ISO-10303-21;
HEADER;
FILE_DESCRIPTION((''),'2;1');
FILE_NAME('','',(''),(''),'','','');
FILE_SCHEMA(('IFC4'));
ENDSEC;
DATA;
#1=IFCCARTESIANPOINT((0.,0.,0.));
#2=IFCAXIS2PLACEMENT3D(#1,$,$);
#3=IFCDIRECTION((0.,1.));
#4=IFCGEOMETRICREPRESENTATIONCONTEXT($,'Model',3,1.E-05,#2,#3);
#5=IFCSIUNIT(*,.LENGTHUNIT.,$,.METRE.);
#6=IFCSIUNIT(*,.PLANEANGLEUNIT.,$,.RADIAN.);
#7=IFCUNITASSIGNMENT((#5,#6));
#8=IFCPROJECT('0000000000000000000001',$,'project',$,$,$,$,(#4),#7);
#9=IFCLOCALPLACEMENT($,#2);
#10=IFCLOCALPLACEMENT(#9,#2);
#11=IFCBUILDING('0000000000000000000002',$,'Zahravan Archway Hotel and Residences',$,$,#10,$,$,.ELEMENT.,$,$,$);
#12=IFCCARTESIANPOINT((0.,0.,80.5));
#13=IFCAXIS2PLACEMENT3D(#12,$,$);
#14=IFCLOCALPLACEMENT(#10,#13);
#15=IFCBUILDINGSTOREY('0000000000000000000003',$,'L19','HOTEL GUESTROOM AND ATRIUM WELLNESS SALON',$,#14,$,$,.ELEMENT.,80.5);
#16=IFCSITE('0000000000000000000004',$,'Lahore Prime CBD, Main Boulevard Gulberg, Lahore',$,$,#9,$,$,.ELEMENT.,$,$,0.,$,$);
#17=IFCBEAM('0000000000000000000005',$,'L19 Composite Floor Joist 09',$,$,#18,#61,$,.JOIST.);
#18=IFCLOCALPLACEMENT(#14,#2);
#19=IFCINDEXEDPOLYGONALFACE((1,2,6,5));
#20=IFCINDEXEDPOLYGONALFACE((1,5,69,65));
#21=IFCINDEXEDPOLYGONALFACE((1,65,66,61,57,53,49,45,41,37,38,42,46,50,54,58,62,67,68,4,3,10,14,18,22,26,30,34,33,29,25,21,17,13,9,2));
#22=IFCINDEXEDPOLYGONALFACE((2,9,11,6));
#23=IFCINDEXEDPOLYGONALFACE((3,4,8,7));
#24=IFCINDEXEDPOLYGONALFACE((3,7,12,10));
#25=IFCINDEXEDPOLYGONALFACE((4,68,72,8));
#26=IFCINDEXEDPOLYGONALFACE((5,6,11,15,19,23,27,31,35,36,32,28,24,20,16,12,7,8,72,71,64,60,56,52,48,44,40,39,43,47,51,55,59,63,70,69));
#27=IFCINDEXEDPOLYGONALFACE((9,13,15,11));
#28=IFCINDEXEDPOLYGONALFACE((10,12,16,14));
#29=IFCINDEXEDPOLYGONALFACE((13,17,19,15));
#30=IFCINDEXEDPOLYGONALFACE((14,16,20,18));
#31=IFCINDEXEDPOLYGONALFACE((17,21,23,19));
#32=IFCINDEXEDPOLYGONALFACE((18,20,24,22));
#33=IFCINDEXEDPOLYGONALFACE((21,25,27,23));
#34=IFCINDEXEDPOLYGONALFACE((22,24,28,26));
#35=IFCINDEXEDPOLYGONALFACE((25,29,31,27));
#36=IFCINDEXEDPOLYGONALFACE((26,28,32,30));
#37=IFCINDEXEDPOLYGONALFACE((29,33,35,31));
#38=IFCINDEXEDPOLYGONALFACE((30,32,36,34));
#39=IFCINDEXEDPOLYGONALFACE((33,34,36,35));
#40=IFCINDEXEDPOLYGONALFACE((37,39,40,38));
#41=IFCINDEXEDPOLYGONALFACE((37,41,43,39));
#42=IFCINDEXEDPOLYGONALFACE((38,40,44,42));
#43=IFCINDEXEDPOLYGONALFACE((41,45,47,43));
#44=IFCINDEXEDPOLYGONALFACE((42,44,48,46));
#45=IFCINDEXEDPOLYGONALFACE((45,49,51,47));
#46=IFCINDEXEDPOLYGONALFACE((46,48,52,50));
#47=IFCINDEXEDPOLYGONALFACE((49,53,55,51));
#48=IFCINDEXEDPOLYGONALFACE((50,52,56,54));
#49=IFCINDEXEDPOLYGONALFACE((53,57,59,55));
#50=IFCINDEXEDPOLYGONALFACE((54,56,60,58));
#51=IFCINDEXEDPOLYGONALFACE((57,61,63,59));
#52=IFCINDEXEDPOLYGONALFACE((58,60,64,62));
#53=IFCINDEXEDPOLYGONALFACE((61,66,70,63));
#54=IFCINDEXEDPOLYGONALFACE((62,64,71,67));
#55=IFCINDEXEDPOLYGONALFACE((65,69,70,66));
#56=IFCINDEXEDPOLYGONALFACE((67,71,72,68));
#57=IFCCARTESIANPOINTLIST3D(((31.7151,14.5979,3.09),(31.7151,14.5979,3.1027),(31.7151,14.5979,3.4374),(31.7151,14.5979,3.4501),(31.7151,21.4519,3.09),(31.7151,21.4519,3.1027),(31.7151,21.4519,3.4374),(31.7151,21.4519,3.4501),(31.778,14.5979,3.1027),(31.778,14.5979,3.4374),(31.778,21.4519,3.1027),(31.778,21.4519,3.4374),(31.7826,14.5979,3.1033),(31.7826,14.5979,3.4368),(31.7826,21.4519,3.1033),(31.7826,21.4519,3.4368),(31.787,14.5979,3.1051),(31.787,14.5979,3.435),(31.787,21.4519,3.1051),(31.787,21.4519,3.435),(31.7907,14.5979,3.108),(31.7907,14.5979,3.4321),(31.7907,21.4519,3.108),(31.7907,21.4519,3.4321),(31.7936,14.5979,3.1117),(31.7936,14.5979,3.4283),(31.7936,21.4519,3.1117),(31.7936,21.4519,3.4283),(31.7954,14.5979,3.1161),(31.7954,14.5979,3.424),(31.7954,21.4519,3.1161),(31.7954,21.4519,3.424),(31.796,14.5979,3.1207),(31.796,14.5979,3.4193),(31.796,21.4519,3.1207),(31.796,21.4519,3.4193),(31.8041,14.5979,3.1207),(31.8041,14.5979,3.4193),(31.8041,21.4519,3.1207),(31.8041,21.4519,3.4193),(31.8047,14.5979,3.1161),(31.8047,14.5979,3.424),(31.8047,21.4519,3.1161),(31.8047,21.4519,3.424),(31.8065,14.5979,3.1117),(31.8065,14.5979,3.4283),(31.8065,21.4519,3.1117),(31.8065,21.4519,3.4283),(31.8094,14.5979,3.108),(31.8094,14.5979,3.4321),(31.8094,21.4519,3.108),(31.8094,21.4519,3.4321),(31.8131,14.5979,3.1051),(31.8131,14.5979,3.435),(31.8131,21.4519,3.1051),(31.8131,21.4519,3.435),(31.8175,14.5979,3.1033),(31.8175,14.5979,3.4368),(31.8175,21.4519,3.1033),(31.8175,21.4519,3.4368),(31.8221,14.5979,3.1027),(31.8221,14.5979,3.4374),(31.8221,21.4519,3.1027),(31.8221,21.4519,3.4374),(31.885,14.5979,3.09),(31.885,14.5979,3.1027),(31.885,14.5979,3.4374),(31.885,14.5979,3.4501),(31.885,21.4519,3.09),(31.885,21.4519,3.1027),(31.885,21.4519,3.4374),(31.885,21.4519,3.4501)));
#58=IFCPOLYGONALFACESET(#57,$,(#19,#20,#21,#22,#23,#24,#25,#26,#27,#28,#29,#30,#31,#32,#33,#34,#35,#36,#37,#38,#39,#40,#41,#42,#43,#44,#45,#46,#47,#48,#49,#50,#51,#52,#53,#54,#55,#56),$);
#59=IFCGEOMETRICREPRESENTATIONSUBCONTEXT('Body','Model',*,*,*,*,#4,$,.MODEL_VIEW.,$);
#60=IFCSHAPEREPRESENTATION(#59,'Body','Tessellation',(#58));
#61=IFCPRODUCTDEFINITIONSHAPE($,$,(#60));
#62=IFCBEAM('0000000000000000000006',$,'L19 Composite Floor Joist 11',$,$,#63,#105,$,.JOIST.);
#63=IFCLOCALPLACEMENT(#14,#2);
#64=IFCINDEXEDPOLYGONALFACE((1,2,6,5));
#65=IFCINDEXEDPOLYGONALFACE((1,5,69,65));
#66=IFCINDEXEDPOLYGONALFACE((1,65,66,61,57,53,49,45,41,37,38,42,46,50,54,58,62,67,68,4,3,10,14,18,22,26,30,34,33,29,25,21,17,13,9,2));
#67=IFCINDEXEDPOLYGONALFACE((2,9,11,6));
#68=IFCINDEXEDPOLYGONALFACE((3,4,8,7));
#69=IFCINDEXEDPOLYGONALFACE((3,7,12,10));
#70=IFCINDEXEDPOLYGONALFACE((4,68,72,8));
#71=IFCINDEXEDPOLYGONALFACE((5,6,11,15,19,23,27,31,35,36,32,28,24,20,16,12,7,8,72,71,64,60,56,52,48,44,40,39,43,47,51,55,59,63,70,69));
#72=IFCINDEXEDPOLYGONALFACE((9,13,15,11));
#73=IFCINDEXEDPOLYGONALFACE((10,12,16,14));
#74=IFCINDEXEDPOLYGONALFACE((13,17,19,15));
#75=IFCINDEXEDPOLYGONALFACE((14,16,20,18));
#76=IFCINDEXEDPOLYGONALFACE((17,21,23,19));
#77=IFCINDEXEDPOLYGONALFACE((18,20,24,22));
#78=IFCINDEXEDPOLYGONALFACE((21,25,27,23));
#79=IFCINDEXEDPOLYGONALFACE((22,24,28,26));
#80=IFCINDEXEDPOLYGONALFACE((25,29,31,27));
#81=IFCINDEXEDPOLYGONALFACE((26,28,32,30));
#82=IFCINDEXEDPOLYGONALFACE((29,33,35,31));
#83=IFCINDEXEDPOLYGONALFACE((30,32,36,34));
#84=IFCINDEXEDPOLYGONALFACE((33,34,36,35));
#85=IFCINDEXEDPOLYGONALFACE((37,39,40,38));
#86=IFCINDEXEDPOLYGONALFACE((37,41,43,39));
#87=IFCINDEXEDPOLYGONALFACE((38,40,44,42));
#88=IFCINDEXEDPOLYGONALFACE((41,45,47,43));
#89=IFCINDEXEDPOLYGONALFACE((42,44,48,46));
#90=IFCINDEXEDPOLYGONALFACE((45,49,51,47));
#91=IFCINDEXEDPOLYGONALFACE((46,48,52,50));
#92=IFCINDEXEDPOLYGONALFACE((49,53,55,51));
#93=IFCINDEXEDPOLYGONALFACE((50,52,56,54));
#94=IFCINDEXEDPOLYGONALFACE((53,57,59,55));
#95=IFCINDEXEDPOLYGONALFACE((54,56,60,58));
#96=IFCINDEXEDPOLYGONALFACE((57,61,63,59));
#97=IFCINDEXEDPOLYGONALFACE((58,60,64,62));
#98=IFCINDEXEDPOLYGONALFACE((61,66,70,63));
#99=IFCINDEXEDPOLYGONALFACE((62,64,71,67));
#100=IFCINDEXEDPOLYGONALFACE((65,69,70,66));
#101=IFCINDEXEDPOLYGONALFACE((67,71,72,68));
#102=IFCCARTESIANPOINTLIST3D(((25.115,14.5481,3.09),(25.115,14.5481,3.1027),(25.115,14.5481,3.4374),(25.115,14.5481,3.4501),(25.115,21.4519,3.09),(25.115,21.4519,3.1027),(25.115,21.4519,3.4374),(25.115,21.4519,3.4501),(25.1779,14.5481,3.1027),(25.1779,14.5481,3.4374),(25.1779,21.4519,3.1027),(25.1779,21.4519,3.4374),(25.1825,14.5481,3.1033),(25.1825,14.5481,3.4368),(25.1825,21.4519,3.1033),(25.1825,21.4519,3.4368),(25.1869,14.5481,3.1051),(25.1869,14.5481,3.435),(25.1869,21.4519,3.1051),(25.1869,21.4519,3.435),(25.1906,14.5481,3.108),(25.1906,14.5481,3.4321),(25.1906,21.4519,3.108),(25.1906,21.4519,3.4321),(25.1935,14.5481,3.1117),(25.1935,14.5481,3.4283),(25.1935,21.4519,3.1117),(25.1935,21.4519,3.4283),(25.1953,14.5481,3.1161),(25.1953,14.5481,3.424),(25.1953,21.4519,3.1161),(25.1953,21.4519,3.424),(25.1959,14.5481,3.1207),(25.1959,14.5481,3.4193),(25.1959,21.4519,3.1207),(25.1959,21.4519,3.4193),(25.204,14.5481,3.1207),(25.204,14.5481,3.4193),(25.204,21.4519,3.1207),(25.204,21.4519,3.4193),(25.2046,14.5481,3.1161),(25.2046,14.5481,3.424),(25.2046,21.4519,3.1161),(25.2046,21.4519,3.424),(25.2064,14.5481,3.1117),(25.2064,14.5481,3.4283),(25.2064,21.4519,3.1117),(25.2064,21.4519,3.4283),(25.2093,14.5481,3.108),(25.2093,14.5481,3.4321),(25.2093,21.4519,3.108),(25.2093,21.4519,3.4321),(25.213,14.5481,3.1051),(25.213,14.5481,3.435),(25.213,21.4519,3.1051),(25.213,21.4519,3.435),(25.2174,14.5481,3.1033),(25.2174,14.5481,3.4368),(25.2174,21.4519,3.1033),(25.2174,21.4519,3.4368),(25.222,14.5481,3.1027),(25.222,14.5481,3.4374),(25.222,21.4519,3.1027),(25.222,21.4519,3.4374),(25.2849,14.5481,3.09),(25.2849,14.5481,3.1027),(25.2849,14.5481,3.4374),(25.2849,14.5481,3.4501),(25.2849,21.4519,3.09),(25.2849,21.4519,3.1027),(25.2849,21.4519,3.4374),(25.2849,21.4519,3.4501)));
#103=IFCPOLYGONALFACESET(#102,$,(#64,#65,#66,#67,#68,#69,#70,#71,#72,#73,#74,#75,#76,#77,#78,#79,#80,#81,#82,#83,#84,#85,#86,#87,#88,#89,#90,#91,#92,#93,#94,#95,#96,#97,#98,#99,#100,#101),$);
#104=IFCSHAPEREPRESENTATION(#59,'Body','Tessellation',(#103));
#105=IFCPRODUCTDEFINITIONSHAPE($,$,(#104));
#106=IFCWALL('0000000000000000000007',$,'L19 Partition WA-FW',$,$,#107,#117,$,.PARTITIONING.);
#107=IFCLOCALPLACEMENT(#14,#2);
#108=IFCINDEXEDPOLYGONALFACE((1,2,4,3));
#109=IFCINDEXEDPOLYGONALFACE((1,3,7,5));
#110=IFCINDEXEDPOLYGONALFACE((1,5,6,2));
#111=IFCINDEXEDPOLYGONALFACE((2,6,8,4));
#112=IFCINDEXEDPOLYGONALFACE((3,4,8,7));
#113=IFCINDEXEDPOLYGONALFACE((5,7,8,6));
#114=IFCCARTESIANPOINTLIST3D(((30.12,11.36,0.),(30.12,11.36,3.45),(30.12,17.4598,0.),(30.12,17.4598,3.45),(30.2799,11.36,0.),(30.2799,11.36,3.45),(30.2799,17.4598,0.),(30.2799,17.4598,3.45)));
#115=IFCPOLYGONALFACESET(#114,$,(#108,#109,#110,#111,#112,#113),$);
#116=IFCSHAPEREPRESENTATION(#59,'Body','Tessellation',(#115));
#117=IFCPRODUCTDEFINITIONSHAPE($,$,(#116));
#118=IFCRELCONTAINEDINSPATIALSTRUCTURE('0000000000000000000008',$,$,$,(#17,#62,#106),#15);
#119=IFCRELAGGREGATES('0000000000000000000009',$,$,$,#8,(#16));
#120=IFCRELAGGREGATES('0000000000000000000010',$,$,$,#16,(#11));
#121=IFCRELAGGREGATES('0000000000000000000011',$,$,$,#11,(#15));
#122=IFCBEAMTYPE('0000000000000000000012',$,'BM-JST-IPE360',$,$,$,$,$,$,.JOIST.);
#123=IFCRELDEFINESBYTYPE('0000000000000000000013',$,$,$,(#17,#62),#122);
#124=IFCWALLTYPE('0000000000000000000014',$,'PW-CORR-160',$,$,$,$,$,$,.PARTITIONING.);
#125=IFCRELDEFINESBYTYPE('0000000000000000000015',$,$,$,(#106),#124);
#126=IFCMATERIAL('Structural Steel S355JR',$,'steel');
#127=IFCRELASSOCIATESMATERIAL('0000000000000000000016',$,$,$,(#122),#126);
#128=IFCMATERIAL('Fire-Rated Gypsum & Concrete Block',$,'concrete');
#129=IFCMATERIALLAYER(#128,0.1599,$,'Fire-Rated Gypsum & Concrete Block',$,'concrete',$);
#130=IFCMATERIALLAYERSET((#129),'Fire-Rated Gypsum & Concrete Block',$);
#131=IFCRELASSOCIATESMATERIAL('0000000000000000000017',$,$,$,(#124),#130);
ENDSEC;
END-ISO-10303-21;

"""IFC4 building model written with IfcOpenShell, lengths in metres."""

from ifc_helpers import new_model, si_unit, direction, frame, frame_2d, origin, origin_2d, place, context, subcontext, project, spatial, rectangle, i_section, extrude, source, transform, mapped, material, layer, layer_set, material_profile, profile_set, type_object, element, save


model = new_model("IFC4")

# Units and contexts
model_context = context("Model", 3, precision=1e-05, world=origin(), true_north=direction((0.0, 1.0)))
body_context = subcontext(model_context, "Body", "Model", "MODEL_VIEW")
ifc_project = project(units=[si_unit("LENGTHUNIT", "METRE"), si_unit("PLANEANGLEUNIT", "RADIAN")], contexts=[model_context])

# Site, building, storey
site_placement = place(None, origin())
site = spatial("IfcSite", under=ifc_project, at=site_placement, Name="Lahore Prime CBD, Main Boulevard Gulberg, Lahore", CompositionType="ELEMENT", RefElevation=0.0)
building_placement = place(site_placement, origin())
building = spatial("IfcBuilding", under=site, at=building_placement, Name="Zahravan Archway Hotel and Residences", CompositionType="ELEMENT")
storey_placement = place(building_placement, frame((0.0, 0.0, 80.5)))
storey = spatial("IfcBuildingStorey", under=building, at=storey_placement, Name="L19", Description="HOTEL GUESTROOM AND ATRIUM WELLNESS SALON", CompositionType="ELEMENT", Elevation=80.5)

# Beams
ifc_material_1 = material(Name="Structural Steel S355JR", Category="steel")
ifc_material_profile_1 = material_profile(ifc_material_1, i_section(OverallWidth=0.1699, OverallDepth=0.3601, WebThickness=0.0081, FlangeThickness=0.0127, FilletRadius=0.0181, at=origin_2d()), Name="IPE 360", Category="steel")
ifc_profile_set_1 = profile_set([ifc_material_profile_1], Name="Structural Steel S355JR")
beam_type_1 = type_object("IfcBeamType", Name="BM-JST-IPE360", PredefinedType="JOIST", material=ifc_profile_set_1)
shared_shape_1 = source(origin(), body_context, "Body", "SweptSolid", [
    extrude(i_section(OverallWidth=0.1699, OverallDepth=0.3601, WebThickness=0.0081, FlangeThickness=0.0127, FilletRadius=0.0181, at=origin_2d()), origin(), (0.0, 0.0, 1.0), 6.854),
])
for number, where, z_axis, x_axis, name in (
    (1, (31.8, 14.5979, 3.27), (0.0, 1.0, 0.0), (-1.0, 0.0, 0.0), "L19 Composite Floor Joist 09"),
):
    element("IfcBeam", number, at=place(storey_placement, frame(where, z_axis=z_axis, x_axis=x_axis)), inside=storey, type_object=beam_type_1, Name=name, PredefinedType="JOIST", context=body_context, shape_type="MappedRepresentation", body=[
        mapped(shared_shape_1, transform((0.0, 0.0, 0.0), scale=1.0)),
    ])
shared_shape_2 = source(origin(), body_context, "Body", "SweptSolid", [
    extrude(i_section(OverallWidth=0.1699, OverallDepth=0.3601, WebThickness=0.0081, FlangeThickness=0.0127, FilletRadius=0.0181, at=origin_2d()), origin(), (0.0, 0.0, 1.0), 6.9038),
])
beam_1_placement = place(storey_placement, frame((25.2, 14.5481, 3.27), z_axis=(0.0, 1.0, 0.0), x_axis=(-1.0, 0.0, 0.0)))
element("IfcBeam", 2, at=beam_1_placement, inside=storey, type_object=beam_type_1, Name="L19 Composite Floor Joist 11", PredefinedType="JOIST", context=body_context, shape_type="MappedRepresentation", body=[
    mapped(shared_shape_2, transform((0.0, 0.0, 0.0), scale=1.0)),
])

# Wall
ifc_material_2 = material(Name="Fire-Rated Gypsum & Concrete Block", Category="concrete")
ifc_layer_1 = layer(ifc_material_2, 0.1599, Name="Fire-Rated Gypsum & Concrete Block", Category="concrete")
ifc_layer_set_1 = layer_set([ifc_layer_1], Name="Fire-Rated Gypsum & Concrete Block")
wall_type_1 = type_object("IfcWallType", Name="PW-CORR-160", PredefinedType="PARTITIONING", material=ifc_layer_set_1)
wall_1_placement = place(storey_placement, frame((30.2, 11.3601, 0.0), z_axis=(0.0, 0.0, 1.0), x_axis=(0.0, 1.0, 0.0)))
element("IfcWall", 3, at=wall_1_placement, inside=storey, type_object=wall_type_1, Name="L19 Partition WA-FW", PredefinedType="PARTITIONING", context=body_context, shape_type="SweptSolid", body=[
    extrude(rectangle(XDim=6.0999, YDim=0.1599, at=frame_2d((3.0498, 0.0))), origin(), (0.0, 0.0, 1.0), 3.45),
])

save(model, "model.ifc")
